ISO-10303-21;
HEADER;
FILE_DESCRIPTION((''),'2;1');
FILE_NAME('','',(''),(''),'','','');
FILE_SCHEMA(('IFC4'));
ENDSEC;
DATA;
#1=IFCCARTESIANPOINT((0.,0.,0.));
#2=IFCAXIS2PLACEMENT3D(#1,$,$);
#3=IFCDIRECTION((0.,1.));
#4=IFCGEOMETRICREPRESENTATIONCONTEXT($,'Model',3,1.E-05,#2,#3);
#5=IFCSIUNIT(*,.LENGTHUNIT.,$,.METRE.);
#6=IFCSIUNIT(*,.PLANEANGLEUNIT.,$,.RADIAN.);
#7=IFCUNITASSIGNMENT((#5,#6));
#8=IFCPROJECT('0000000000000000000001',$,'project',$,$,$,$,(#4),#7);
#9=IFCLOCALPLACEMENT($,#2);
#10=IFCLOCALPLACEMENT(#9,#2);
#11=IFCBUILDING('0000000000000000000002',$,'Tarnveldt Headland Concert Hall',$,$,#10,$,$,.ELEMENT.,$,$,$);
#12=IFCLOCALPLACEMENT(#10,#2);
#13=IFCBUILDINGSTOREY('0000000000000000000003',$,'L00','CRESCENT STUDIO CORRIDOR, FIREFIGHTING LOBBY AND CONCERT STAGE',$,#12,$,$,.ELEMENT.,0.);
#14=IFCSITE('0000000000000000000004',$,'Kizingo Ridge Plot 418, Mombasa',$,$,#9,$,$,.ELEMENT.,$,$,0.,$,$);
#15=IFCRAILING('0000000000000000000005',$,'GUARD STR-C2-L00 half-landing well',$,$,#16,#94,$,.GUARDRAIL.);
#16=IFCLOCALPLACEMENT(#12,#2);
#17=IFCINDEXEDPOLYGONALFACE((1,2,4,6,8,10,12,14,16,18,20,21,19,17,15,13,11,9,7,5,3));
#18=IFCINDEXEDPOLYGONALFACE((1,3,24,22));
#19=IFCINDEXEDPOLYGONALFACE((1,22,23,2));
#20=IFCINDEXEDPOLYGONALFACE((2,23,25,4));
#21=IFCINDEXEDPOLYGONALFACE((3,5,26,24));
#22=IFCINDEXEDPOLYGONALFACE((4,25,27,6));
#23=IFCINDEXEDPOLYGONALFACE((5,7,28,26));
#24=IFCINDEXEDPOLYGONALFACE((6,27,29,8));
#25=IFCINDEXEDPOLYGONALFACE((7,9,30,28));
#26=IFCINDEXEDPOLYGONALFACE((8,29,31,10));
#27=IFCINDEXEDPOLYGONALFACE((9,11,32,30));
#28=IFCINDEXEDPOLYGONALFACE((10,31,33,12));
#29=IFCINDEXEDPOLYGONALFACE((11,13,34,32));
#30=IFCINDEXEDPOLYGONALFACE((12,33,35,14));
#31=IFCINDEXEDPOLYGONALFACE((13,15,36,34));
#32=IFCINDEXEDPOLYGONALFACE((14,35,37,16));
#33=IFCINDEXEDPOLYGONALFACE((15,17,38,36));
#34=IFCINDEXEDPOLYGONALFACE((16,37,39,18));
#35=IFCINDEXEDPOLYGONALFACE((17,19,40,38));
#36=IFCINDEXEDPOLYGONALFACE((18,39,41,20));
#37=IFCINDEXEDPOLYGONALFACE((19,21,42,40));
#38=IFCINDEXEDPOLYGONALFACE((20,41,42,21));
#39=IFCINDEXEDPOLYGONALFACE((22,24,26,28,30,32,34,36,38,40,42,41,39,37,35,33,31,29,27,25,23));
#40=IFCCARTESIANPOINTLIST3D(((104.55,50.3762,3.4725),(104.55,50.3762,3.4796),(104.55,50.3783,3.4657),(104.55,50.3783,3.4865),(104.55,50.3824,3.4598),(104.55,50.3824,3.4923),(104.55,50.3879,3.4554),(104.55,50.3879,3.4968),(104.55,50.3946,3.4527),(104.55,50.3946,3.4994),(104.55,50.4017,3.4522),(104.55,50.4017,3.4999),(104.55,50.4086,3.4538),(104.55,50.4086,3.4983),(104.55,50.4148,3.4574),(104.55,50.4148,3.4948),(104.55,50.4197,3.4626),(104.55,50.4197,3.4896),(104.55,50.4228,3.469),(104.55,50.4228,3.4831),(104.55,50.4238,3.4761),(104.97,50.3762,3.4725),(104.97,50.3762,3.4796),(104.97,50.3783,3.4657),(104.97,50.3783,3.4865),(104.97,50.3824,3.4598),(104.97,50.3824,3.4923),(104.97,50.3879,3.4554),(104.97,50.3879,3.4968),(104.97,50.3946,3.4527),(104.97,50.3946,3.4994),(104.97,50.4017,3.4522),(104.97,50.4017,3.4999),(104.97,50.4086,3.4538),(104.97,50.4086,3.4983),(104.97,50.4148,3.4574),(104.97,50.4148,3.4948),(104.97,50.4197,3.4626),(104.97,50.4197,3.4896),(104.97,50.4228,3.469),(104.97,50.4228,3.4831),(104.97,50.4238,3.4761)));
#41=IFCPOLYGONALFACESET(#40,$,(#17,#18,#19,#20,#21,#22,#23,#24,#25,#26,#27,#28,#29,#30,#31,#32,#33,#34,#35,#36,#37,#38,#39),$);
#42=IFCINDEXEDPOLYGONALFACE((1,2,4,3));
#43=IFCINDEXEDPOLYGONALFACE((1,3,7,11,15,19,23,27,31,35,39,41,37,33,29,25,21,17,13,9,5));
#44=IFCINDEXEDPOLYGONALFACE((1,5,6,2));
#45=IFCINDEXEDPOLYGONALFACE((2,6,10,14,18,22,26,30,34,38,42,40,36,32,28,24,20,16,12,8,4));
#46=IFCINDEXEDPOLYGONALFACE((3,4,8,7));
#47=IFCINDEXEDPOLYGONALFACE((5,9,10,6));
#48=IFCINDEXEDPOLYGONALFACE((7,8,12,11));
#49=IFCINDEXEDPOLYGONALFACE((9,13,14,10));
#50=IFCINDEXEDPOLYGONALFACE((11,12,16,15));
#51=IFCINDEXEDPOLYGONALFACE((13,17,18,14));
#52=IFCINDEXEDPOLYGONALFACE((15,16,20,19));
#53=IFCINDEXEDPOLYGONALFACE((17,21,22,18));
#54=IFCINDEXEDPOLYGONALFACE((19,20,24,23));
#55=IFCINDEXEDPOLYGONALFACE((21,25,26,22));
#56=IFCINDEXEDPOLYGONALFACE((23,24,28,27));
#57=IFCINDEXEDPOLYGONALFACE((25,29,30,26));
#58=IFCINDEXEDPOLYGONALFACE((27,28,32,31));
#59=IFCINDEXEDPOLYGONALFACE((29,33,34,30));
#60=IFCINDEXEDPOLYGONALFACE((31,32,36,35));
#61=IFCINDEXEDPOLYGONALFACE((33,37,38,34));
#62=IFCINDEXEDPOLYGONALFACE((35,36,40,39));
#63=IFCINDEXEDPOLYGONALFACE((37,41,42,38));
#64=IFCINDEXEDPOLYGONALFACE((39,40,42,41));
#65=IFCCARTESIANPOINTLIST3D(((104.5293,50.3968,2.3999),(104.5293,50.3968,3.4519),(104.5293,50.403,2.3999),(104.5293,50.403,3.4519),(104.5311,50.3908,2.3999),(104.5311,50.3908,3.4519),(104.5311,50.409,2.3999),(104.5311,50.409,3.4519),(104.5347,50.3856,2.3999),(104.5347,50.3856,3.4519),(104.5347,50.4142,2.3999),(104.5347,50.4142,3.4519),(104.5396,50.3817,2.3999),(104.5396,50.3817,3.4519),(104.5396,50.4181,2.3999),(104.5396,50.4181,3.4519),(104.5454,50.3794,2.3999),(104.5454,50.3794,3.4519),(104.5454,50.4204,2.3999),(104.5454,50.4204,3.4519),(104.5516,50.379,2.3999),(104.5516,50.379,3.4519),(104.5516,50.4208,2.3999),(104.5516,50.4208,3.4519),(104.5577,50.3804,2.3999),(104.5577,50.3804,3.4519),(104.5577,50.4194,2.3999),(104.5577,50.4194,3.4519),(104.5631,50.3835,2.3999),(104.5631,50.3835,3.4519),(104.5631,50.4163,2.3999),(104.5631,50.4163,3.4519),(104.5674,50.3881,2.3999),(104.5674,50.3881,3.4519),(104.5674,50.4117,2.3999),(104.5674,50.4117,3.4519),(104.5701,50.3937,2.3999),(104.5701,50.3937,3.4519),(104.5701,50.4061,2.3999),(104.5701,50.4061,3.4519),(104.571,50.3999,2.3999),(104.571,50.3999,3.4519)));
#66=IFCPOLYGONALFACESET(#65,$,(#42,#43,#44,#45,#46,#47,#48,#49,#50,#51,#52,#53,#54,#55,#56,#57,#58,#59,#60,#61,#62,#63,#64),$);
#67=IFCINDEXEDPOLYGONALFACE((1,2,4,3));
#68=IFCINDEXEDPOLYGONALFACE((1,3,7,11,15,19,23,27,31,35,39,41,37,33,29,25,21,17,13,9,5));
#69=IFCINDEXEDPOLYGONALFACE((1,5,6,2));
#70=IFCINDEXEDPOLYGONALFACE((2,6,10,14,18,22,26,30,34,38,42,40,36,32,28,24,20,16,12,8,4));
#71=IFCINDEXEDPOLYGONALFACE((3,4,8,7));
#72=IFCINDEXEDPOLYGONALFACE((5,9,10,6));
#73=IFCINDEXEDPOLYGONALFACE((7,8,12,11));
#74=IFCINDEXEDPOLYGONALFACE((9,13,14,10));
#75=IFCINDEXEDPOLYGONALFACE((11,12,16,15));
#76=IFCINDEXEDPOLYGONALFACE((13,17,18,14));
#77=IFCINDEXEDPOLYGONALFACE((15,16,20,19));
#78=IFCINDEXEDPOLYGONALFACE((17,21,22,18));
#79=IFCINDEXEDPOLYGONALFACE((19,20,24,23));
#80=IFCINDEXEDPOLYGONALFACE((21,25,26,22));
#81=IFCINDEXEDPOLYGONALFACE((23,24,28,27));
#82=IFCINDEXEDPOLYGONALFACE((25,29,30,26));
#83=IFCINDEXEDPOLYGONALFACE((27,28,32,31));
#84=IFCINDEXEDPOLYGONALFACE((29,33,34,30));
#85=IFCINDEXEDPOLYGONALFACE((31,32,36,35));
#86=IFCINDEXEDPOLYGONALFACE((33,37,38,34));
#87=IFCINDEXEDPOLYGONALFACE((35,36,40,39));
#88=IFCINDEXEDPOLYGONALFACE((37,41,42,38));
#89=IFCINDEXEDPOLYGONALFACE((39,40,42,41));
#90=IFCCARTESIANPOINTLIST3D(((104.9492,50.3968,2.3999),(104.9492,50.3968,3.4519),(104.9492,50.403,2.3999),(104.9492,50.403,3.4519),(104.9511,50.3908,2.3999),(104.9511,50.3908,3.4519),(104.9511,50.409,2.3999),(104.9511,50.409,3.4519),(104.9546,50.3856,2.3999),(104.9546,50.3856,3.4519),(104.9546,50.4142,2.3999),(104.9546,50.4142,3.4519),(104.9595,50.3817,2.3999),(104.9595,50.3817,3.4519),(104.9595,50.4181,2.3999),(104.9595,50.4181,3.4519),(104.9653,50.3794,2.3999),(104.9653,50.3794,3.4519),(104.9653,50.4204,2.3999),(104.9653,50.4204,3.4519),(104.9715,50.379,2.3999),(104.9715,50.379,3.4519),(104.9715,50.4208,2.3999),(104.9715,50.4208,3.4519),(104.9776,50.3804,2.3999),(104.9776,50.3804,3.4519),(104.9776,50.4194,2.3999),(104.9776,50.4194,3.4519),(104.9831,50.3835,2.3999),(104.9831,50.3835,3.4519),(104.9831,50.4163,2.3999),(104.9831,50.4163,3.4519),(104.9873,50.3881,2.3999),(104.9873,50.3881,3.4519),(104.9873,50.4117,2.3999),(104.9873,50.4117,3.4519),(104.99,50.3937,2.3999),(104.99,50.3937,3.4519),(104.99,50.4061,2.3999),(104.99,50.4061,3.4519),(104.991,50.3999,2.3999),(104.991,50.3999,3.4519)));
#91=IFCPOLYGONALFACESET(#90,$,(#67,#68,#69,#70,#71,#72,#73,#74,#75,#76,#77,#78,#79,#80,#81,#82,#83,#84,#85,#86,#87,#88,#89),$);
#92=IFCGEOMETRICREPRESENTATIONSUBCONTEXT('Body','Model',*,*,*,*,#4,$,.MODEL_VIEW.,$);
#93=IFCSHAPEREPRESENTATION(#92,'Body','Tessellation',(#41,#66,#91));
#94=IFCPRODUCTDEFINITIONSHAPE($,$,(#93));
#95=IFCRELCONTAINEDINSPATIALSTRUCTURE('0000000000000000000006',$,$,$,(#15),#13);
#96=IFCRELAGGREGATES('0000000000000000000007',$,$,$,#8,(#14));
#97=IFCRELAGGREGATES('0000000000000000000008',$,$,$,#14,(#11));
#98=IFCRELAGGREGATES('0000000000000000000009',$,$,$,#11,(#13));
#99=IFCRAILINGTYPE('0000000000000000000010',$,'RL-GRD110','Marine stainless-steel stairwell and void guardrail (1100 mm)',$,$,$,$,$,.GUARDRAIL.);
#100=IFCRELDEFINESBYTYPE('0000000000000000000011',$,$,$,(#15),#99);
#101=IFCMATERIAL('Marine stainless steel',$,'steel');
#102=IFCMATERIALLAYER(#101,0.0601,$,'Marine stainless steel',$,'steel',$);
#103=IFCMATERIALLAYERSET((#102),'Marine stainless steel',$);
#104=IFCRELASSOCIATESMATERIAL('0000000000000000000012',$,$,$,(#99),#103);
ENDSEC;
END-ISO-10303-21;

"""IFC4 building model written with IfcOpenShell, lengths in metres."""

from ifc_helpers import new_model, si_unit, direction, frame, origin, origin_2d, place, context, subcontext, project, spatial, circle, extrude, material, layer, layer_set, type_object, element, save


model = new_model("IFC4")

# Units and contexts
model_context = context("Model", 3, precision=1e-05, world=origin(), true_north=direction((0.0, 1.0)))
body_context = subcontext(model_context, "Body", "Model", "MODEL_VIEW")
ifc_project = project(units=[si_unit("LENGTHUNIT", "METRE"), si_unit("PLANEANGLEUNIT", "RADIAN")], contexts=[model_context])

# Site, building, storey
site_placement = place(None, origin())
site = spatial("IfcSite", under=ifc_project, at=site_placement, Name="Kizingo Ridge Plot 418, Mombasa", CompositionType="ELEMENT", RefElevation=0.0)
building_placement = place(site_placement, origin())
building = spatial("IfcBuilding", under=site, at=building_placement, Name="Tarnveldt Headland Concert Hall", CompositionType="ELEMENT")
storey_placement = place(building_placement, origin())
storey = spatial("IfcBuildingStorey", under=building, at=storey_placement, Name="L00", Description="CRESCENT STUDIO CORRIDOR, FIREFIGHTING LOBBY AND CONCERT STAGE", CompositionType="ELEMENT", Elevation=0.0)

# Railing
ifc_material_1 = material(Name="Marine stainless steel", Category="steel")
ifc_layer_1 = layer(ifc_material_1, 0.0601, Name="Marine stainless steel", Category="steel")
ifc_layer_set_1 = layer_set([ifc_layer_1], Name="Marine stainless steel")
railing_type_1 = type_object("IfcRailingType", Name="RL-GRD110", Description="Marine stainless-steel stairwell and void guardrail (1100 mm)", PredefinedType="GUARDRAIL", material=ifc_layer_set_1)
railing_1_placement = place(storey_placement, frame((104.55, 50.3999, 2.3999)))
element("IfcRailing", 1, at=railing_1_placement, inside=storey, type_object=railing_type_1, Name="GUARD STR-C2-L00 half-landing well", PredefinedType="GUARDRAIL", context=body_context, shape_type="SweptSolid", body=[
    extrude(circle(Radius=0.0239, at=origin_2d()), frame((0.0, 0.0, 1.0762), z_axis=(1.0, 0.0, 0.0), x_axis=(0.0, 1.0, 0.0)), (0.0, 0.0, 1.0), 0.4199),
    extrude(circle(Radius=0.021, at=origin_2d()), origin(), (0.0, 0.0, 1.0), 1.052),
    extrude(circle(Radius=0.021, at=origin_2d()), frame((0.4199, 0.0, 0.0)), (0.0, 0.0, 1.0), 1.052),
])

save(model, "model.ifc")
